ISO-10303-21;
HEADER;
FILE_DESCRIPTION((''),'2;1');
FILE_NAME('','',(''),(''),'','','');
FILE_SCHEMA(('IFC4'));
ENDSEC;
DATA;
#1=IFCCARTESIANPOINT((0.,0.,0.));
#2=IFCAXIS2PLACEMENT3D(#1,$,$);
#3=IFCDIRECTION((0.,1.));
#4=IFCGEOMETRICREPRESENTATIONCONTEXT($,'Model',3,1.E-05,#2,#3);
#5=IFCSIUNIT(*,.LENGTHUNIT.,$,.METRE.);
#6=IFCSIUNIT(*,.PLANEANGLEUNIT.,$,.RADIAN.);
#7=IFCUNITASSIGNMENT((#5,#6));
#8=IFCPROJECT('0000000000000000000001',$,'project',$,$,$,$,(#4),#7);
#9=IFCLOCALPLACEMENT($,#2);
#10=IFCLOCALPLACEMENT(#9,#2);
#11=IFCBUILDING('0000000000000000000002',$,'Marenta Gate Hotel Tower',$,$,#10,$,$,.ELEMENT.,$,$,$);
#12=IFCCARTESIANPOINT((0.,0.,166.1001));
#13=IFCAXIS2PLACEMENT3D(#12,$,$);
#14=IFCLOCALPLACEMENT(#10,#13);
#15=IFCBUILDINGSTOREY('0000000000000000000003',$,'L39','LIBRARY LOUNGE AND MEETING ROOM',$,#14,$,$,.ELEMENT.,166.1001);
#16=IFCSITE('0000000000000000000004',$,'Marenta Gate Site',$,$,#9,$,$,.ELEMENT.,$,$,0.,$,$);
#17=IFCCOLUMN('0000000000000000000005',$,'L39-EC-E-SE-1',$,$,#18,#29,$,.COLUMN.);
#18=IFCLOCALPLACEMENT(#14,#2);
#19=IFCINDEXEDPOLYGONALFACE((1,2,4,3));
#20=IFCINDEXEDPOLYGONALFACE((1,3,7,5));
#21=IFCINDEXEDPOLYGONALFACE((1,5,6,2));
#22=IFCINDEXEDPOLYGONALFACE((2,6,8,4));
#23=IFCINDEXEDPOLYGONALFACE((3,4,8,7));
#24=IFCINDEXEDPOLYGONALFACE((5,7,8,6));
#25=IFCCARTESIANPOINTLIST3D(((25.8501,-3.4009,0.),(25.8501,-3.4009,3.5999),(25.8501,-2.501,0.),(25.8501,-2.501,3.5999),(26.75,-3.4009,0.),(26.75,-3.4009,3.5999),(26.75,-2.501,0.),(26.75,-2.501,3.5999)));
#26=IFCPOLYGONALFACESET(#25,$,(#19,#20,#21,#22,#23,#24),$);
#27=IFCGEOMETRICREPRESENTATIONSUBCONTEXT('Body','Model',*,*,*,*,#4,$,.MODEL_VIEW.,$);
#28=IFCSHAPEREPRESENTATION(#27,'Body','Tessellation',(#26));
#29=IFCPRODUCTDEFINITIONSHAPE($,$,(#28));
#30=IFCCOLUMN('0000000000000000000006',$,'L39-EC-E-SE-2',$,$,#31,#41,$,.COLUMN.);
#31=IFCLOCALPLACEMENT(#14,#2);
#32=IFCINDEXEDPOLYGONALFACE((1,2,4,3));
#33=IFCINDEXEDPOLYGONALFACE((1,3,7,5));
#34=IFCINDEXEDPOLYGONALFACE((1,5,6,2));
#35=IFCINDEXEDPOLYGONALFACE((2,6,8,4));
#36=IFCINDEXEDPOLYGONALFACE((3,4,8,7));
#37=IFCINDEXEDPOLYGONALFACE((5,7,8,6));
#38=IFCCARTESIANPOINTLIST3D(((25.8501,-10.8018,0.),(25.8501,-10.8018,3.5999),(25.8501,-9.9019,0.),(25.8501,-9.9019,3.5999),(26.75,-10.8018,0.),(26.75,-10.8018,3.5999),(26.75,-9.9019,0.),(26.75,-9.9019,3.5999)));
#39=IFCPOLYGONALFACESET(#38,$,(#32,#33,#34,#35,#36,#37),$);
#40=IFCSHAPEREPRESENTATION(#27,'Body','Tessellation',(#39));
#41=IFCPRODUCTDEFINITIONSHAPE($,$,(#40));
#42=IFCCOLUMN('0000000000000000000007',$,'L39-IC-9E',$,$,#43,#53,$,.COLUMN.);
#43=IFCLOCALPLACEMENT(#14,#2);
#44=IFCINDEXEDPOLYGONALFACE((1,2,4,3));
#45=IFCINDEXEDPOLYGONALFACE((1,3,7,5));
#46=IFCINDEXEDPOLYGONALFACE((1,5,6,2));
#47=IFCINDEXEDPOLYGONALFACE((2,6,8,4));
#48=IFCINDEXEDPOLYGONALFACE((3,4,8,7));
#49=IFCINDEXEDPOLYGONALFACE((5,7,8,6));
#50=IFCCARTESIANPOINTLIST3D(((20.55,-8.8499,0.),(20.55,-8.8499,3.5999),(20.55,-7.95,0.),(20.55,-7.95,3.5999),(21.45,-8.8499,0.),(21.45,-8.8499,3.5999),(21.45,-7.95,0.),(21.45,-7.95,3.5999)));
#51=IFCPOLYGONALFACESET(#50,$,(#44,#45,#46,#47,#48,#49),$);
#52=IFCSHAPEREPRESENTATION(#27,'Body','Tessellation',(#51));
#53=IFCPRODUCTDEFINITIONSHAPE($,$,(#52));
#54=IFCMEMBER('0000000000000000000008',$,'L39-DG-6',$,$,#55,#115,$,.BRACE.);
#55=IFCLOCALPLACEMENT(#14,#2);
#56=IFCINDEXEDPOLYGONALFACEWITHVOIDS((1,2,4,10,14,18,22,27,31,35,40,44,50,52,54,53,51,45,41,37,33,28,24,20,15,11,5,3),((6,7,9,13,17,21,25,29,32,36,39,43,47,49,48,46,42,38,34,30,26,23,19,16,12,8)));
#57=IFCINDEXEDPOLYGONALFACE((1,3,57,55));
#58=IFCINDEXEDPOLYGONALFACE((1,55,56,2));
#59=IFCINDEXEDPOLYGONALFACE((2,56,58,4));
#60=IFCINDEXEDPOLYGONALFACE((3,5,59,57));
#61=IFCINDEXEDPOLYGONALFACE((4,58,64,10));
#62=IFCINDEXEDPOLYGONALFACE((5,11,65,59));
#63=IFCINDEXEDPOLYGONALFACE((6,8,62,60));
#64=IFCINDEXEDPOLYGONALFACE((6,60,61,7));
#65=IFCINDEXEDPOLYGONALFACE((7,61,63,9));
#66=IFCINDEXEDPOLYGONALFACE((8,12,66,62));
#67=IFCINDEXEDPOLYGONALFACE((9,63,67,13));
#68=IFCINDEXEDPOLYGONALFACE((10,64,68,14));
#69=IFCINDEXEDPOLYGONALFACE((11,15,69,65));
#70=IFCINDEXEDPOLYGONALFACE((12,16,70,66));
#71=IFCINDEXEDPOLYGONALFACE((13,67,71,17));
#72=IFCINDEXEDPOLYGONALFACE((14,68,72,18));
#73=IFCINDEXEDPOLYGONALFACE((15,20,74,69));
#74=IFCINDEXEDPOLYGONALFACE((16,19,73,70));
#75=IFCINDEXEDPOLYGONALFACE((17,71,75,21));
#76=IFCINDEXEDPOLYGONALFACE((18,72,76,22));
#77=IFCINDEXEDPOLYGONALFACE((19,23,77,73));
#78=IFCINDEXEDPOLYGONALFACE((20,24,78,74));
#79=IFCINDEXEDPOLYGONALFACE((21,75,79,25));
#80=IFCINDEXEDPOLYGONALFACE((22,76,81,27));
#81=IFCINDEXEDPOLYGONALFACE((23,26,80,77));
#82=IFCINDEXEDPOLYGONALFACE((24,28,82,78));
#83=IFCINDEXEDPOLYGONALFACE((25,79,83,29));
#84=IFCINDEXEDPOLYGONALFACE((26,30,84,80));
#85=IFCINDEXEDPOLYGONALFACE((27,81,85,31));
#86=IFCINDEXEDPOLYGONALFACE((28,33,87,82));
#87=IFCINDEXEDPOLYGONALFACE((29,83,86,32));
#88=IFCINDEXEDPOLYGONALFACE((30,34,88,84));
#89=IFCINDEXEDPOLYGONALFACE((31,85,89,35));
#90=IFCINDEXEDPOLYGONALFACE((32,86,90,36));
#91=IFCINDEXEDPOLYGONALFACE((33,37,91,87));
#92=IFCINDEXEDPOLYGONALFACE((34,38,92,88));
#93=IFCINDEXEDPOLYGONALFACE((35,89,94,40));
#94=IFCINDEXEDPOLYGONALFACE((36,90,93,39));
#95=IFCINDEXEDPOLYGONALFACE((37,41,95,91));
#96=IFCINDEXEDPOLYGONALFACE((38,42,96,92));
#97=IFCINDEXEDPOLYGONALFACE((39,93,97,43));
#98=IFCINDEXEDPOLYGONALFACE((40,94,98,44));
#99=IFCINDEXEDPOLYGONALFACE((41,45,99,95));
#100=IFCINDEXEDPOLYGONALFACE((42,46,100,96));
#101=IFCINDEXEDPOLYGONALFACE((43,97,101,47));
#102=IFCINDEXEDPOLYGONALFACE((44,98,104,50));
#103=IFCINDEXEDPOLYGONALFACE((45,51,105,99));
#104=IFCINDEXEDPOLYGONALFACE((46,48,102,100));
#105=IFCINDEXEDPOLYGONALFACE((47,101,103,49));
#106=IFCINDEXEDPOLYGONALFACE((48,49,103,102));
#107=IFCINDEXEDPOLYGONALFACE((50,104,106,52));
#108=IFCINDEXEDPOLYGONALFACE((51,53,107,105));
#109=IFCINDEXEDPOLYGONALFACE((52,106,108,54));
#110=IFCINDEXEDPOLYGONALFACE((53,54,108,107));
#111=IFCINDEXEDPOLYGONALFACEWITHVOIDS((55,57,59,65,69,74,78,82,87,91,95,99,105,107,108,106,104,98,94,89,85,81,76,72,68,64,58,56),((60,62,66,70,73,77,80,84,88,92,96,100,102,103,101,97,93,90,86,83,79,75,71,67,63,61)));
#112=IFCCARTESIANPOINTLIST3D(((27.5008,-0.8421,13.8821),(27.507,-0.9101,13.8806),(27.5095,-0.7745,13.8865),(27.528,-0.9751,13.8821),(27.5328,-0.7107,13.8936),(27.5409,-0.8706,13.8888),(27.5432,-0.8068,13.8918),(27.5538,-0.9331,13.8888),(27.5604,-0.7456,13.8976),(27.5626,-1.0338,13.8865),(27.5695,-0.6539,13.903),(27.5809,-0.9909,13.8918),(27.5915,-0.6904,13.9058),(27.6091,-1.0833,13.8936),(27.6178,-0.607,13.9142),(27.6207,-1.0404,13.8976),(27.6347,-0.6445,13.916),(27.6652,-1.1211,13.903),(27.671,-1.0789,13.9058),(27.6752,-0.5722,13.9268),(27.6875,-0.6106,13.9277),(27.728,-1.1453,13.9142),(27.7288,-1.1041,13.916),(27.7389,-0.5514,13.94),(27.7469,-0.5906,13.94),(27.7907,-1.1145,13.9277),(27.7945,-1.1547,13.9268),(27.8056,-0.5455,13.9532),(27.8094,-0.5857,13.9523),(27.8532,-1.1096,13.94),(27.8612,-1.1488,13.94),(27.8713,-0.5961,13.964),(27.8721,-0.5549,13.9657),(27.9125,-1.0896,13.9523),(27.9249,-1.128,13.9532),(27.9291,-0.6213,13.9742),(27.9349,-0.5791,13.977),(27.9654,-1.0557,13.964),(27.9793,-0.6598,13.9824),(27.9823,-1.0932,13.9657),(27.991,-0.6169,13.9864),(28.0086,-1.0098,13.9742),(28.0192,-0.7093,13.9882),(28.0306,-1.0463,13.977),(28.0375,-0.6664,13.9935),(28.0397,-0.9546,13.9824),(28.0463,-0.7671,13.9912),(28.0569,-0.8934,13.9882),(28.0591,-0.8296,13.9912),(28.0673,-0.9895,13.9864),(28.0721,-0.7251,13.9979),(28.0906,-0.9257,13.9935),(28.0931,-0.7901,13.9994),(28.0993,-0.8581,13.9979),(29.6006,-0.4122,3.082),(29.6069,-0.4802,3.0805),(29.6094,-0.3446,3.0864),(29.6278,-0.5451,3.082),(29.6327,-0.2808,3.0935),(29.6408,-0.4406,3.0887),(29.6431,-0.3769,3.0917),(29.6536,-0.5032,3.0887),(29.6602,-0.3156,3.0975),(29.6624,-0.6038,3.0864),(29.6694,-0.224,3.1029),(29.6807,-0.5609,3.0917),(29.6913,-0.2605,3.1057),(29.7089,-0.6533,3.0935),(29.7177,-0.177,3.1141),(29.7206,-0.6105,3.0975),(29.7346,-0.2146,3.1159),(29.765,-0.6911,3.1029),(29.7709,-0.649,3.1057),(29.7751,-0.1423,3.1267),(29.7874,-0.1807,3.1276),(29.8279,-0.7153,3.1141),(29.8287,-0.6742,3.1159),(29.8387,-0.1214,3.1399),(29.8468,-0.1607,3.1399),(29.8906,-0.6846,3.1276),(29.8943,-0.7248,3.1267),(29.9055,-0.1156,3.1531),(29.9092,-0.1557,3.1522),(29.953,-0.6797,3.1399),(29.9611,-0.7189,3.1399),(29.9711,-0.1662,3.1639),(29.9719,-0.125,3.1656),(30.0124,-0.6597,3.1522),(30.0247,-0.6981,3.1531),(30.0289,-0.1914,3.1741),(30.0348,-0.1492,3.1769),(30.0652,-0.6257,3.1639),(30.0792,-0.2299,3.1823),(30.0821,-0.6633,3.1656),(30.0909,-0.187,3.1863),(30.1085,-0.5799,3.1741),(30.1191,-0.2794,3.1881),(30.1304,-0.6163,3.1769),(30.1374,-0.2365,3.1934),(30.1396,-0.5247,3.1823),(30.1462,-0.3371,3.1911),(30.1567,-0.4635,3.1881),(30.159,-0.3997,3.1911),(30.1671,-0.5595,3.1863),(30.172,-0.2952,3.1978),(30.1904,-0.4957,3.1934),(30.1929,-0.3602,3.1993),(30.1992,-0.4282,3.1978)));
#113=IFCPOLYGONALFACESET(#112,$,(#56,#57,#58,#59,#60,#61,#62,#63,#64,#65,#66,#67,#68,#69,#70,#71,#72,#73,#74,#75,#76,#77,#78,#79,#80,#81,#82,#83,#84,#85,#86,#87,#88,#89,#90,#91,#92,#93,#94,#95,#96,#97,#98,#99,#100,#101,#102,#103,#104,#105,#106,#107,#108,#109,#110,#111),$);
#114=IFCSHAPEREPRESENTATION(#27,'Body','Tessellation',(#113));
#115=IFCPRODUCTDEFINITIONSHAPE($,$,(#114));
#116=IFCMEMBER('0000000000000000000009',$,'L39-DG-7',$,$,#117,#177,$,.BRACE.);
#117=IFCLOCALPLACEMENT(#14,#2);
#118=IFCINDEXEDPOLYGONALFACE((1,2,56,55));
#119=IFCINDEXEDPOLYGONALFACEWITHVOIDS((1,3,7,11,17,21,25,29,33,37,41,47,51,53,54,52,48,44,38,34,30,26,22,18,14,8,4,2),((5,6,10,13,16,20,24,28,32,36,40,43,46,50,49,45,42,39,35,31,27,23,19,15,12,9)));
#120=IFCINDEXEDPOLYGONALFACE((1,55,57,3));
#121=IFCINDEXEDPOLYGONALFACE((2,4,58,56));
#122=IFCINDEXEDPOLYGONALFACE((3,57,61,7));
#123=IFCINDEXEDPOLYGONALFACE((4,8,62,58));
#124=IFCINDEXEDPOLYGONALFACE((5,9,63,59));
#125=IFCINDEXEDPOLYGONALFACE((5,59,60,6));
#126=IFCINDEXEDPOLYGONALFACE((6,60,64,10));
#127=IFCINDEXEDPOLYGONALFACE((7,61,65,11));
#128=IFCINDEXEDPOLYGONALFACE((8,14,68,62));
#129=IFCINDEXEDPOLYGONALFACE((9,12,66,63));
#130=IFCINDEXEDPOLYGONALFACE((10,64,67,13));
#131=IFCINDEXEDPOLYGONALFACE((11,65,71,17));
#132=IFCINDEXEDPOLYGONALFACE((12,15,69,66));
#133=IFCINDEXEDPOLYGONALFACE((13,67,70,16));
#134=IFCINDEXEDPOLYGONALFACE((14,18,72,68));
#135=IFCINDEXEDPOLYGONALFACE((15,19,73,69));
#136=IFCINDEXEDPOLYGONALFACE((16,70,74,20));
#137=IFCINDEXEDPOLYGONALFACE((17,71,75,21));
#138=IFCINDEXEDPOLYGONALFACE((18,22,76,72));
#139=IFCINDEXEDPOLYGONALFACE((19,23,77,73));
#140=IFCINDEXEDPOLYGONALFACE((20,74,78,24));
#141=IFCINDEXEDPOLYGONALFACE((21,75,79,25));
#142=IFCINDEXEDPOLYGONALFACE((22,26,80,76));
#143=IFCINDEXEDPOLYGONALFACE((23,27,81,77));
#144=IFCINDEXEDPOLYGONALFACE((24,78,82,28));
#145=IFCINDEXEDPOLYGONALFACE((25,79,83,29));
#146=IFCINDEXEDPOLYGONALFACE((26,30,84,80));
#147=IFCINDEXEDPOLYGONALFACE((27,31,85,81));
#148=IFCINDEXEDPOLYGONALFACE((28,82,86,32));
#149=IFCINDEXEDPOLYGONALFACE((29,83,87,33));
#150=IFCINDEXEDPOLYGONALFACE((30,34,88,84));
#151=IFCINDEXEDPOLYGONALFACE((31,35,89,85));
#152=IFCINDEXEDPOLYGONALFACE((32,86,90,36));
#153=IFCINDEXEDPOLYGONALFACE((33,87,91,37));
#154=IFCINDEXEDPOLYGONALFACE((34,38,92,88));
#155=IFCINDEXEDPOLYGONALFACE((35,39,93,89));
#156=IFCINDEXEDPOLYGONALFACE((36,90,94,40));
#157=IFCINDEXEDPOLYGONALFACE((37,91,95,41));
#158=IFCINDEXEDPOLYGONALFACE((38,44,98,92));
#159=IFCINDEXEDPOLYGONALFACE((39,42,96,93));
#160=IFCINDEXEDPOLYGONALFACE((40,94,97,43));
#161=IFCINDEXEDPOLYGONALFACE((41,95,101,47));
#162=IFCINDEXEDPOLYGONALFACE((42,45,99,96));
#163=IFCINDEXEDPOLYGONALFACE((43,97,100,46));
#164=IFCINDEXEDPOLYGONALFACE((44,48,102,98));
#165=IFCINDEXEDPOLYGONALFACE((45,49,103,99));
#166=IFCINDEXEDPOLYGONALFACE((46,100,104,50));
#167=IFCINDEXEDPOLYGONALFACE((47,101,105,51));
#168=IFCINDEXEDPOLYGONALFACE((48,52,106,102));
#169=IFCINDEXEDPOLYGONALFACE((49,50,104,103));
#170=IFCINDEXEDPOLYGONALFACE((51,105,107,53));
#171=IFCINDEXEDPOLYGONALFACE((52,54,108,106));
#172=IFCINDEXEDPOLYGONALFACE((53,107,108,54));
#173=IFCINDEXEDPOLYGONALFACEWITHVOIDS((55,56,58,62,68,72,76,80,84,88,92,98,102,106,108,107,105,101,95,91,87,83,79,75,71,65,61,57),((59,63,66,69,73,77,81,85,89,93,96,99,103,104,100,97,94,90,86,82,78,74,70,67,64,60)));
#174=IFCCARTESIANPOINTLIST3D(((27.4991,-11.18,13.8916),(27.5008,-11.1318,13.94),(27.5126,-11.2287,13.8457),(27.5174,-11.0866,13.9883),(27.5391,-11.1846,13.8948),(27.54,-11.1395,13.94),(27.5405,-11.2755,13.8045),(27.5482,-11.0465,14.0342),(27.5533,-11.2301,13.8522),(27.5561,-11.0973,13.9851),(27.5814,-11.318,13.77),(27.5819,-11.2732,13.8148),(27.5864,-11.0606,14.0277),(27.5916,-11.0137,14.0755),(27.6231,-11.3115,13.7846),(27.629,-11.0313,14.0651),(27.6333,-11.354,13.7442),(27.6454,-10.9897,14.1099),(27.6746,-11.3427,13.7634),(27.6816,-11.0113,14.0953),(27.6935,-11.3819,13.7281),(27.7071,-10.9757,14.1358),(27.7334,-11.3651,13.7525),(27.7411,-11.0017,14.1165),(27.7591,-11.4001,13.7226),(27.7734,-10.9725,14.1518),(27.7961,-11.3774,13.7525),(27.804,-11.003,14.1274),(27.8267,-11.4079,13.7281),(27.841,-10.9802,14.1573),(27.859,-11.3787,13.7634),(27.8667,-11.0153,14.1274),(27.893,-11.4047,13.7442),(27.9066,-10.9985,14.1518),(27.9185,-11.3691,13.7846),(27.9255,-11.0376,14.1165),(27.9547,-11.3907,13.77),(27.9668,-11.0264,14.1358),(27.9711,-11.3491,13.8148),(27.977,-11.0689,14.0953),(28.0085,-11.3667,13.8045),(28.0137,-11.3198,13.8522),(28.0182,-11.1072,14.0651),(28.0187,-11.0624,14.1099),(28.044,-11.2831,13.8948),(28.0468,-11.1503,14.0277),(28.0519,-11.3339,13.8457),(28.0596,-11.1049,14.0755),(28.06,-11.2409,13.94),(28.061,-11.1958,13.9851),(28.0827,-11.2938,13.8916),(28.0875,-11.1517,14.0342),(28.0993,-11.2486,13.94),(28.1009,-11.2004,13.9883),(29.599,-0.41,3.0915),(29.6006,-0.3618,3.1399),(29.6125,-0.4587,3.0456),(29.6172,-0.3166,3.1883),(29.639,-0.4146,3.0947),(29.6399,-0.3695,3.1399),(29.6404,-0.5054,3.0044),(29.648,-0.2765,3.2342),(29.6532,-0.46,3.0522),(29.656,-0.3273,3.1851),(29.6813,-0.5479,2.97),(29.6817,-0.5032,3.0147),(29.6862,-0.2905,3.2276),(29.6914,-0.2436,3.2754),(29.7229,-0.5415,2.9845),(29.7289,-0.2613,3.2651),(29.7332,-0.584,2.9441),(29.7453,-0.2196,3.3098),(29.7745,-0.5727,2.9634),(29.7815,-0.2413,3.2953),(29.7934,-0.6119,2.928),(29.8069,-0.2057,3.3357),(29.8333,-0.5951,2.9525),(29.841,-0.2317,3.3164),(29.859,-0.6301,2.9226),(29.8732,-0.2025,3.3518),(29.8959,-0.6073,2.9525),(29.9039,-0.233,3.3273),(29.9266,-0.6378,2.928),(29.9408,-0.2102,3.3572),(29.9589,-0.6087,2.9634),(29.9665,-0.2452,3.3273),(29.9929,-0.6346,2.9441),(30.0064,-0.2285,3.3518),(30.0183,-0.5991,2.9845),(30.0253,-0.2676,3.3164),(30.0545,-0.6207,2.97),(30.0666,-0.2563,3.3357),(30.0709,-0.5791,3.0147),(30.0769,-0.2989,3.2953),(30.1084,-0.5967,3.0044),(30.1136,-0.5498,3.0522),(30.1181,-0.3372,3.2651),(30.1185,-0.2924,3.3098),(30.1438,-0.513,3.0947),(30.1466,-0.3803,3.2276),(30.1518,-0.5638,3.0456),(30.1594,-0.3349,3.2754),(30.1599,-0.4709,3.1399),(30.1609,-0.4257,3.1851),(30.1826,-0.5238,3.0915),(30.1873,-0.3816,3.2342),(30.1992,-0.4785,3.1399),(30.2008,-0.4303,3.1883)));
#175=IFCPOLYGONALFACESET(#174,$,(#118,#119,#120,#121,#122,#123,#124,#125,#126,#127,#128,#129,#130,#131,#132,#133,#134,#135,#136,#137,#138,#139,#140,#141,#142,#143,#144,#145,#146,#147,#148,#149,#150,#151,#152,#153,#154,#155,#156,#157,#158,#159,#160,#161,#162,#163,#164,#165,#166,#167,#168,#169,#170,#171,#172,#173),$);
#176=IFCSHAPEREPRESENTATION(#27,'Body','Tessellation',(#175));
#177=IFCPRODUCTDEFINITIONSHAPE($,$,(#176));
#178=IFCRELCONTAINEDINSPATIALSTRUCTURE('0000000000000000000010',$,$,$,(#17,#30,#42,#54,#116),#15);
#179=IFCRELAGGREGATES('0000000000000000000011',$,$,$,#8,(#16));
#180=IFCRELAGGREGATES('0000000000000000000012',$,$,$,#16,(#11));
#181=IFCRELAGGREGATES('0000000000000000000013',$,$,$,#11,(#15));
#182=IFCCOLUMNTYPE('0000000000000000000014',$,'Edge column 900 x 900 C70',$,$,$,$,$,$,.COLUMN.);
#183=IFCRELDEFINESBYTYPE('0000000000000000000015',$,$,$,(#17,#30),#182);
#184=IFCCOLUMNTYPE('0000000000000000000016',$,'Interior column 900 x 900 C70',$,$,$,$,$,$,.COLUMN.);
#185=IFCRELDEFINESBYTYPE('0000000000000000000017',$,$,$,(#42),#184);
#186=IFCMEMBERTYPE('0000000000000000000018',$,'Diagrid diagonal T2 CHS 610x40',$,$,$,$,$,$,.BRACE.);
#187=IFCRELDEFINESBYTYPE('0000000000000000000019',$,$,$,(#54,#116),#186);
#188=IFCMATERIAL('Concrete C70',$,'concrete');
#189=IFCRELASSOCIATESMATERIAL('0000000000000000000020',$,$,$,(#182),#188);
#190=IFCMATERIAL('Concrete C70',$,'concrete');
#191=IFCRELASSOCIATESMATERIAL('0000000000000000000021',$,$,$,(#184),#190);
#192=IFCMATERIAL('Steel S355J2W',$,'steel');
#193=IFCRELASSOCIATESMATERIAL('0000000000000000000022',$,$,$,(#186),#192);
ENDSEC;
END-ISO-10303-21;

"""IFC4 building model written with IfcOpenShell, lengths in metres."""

from ifc_helpers import new_model, si_unit, direction, frame, origin, origin_2d, place, context, subcontext, project, spatial, rectangle, hollow_circle, extrude, material, material_profile, profile_set, type_object, element, save


model = new_model("IFC4")

# Units and contexts
model_context = context("Model", 3, precision=1e-05, world=origin(), true_north=direction((0.0, 1.0)))
body_context = subcontext(model_context, "Body", "Model", "MODEL_VIEW")
ifc_project = project(units=[si_unit("LENGTHUNIT", "METRE"), si_unit("PLANEANGLEUNIT", "RADIAN")], contexts=[model_context])

# Site, building, storey
site_placement = place(None, origin())
site = spatial("IfcSite", under=ifc_project, at=site_placement, Name="Marenta Gate Site", CompositionType="ELEMENT", RefElevation=0.0)
building_placement = place(site_placement, origin())
building = spatial("IfcBuilding", under=site, at=building_placement, Name="Marenta Gate Hotel Tower", CompositionType="ELEMENT")
storey_placement = place(building_placement, frame((0.0, 0.0, 166.1001)))
storey = spatial("IfcBuildingStorey", under=building, at=storey_placement, Name="L39", Description="LIBRARY LOUNGE AND MEETING ROOM", CompositionType="ELEMENT", Elevation=166.1001)

# Columns
ifc_material_1 = material(Name="Concrete C70", Category="concrete")
ifc_material_profile_1 = material_profile(ifc_material_1, rectangle(XDim=0.8999, YDim=0.8999, at=origin_2d()), Name="900 x 900")
ifc_profile_set_1 = profile_set([ifc_material_profile_1], Name="Concrete C70")
column_type_1 = type_object("IfcColumnType", Name="Edge column 900 x 900 C70", PredefinedType="COLUMN", material=ifc_profile_set_1)
for number, where, z_axis, x_axis, name in (
    (1, (26.3, -2.9509, 0.0), (0.0, 0.0, 1.0), (1.0, 0.0, 0.0), "L39-EC-E-SE-1"),
    (2, (26.3, -10.3518, 0.0), (0.0, 0.0, 1.0), (1.0, 0.0, 0.0), "L39-EC-E-SE-2"),
):
    element("IfcColumn", number, at=place(storey_placement, frame(where, z_axis=z_axis, x_axis=x_axis)), inside=storey, type_object=column_type_1, Name=name, PredefinedType="COLUMN", context=body_context, shape_type="SweptSolid", body=[
        extrude(rectangle(XDim=0.8999, YDim=0.8999, at=origin_2d()), origin(), (0.0, 0.0, 1.0), 3.5999),
    ])
ifc_material_2 = material(Name="Concrete C70", Category="concrete")
ifc_material_profile_2 = material_profile(ifc_material_2, rectangle(XDim=0.8999, YDim=0.8999, at=origin_2d()), Name="900 x 900")
ifc_profile_set_2 = profile_set([ifc_material_profile_2], Name="Concrete C70")
column_type_2 = type_object("IfcColumnType", Name="Interior column 900 x 900 C70", PredefinedType="COLUMN", material=ifc_profile_set_2)
column_placement = place(storey_placement, frame((21.0, -8.3999, 0.0), z_axis=(0.0, 0.0, 1.0), x_axis=(1.0, 0.0, 0.0)))
element("IfcColumn", 3, at=column_placement, inside=storey, type_object=column_type_2, Name="L39-IC-9E", PredefinedType="COLUMN", context=body_context, shape_type="SweptSolid", body=[
    extrude(rectangle(XDim=0.8999, YDim=0.8999, at=origin_2d()), origin(), (0.0, 0.0, 1.0), 3.5999),
])

# Members
ifc_material_3 = material(Name="Steel S355J2W", Category="steel")
ifc_material_profile_3 = material_profile(ifc_material_3, hollow_circle(Radius=0.3049, WallThickness=0.04, at=origin_2d()), Name="CHS 610x40")
ifc_profile_set_3 = profile_set([ifc_material_profile_3], Name="Steel S355J2W")
member_type_1 = type_object("IfcMemberType", Name="Diagrid diagonal T2 CHS 610x40", PredefinedType="BRACE", material=ifc_profile_set_3)
member_1_placement = place(storey_placement, frame((29.8999, -0.4202, 3.1399), z_axis=(-0.19071, -0.039047, 0.980869), x_axis=(0.200583, -0.979677, 0.0)))
element("IfcMember", 4, at=member_1_placement, inside=storey, type_object=member_type_1, Name="L39-DG-6", PredefinedType="BRACE", context=body_context, shape_type="SweptSolid", body=[
    extrude(hollow_circle(Radius=0.3049, WallThickness=0.04, at=origin_2d()), origin(), (0.0, 0.0, 1.0), 11.0107),
])
for number, where, z_axis, x_axis, name in (
    (5, (29.8999, -0.4202, 3.1399), (-0.136388, -0.699523, 0.701474), (0.981518, -0.191369, 0.0), "L39-DG-7"),
):
    element("IfcMember", number, at=place(storey_placement, frame(where, z_axis=z_axis, x_axis=x_axis)), inside=storey, type_object=member_type_1, Name=name, PredefinedType="BRACE", context=body_context, shape_type="SweptSolid", body=[
        extrude(hollow_circle(Radius=0.3049, WallThickness=0.04, at=origin_2d()), origin(), (0.0, 0.0, 1.0), 15.3962),
    ])

save(model, "model.ifc")
